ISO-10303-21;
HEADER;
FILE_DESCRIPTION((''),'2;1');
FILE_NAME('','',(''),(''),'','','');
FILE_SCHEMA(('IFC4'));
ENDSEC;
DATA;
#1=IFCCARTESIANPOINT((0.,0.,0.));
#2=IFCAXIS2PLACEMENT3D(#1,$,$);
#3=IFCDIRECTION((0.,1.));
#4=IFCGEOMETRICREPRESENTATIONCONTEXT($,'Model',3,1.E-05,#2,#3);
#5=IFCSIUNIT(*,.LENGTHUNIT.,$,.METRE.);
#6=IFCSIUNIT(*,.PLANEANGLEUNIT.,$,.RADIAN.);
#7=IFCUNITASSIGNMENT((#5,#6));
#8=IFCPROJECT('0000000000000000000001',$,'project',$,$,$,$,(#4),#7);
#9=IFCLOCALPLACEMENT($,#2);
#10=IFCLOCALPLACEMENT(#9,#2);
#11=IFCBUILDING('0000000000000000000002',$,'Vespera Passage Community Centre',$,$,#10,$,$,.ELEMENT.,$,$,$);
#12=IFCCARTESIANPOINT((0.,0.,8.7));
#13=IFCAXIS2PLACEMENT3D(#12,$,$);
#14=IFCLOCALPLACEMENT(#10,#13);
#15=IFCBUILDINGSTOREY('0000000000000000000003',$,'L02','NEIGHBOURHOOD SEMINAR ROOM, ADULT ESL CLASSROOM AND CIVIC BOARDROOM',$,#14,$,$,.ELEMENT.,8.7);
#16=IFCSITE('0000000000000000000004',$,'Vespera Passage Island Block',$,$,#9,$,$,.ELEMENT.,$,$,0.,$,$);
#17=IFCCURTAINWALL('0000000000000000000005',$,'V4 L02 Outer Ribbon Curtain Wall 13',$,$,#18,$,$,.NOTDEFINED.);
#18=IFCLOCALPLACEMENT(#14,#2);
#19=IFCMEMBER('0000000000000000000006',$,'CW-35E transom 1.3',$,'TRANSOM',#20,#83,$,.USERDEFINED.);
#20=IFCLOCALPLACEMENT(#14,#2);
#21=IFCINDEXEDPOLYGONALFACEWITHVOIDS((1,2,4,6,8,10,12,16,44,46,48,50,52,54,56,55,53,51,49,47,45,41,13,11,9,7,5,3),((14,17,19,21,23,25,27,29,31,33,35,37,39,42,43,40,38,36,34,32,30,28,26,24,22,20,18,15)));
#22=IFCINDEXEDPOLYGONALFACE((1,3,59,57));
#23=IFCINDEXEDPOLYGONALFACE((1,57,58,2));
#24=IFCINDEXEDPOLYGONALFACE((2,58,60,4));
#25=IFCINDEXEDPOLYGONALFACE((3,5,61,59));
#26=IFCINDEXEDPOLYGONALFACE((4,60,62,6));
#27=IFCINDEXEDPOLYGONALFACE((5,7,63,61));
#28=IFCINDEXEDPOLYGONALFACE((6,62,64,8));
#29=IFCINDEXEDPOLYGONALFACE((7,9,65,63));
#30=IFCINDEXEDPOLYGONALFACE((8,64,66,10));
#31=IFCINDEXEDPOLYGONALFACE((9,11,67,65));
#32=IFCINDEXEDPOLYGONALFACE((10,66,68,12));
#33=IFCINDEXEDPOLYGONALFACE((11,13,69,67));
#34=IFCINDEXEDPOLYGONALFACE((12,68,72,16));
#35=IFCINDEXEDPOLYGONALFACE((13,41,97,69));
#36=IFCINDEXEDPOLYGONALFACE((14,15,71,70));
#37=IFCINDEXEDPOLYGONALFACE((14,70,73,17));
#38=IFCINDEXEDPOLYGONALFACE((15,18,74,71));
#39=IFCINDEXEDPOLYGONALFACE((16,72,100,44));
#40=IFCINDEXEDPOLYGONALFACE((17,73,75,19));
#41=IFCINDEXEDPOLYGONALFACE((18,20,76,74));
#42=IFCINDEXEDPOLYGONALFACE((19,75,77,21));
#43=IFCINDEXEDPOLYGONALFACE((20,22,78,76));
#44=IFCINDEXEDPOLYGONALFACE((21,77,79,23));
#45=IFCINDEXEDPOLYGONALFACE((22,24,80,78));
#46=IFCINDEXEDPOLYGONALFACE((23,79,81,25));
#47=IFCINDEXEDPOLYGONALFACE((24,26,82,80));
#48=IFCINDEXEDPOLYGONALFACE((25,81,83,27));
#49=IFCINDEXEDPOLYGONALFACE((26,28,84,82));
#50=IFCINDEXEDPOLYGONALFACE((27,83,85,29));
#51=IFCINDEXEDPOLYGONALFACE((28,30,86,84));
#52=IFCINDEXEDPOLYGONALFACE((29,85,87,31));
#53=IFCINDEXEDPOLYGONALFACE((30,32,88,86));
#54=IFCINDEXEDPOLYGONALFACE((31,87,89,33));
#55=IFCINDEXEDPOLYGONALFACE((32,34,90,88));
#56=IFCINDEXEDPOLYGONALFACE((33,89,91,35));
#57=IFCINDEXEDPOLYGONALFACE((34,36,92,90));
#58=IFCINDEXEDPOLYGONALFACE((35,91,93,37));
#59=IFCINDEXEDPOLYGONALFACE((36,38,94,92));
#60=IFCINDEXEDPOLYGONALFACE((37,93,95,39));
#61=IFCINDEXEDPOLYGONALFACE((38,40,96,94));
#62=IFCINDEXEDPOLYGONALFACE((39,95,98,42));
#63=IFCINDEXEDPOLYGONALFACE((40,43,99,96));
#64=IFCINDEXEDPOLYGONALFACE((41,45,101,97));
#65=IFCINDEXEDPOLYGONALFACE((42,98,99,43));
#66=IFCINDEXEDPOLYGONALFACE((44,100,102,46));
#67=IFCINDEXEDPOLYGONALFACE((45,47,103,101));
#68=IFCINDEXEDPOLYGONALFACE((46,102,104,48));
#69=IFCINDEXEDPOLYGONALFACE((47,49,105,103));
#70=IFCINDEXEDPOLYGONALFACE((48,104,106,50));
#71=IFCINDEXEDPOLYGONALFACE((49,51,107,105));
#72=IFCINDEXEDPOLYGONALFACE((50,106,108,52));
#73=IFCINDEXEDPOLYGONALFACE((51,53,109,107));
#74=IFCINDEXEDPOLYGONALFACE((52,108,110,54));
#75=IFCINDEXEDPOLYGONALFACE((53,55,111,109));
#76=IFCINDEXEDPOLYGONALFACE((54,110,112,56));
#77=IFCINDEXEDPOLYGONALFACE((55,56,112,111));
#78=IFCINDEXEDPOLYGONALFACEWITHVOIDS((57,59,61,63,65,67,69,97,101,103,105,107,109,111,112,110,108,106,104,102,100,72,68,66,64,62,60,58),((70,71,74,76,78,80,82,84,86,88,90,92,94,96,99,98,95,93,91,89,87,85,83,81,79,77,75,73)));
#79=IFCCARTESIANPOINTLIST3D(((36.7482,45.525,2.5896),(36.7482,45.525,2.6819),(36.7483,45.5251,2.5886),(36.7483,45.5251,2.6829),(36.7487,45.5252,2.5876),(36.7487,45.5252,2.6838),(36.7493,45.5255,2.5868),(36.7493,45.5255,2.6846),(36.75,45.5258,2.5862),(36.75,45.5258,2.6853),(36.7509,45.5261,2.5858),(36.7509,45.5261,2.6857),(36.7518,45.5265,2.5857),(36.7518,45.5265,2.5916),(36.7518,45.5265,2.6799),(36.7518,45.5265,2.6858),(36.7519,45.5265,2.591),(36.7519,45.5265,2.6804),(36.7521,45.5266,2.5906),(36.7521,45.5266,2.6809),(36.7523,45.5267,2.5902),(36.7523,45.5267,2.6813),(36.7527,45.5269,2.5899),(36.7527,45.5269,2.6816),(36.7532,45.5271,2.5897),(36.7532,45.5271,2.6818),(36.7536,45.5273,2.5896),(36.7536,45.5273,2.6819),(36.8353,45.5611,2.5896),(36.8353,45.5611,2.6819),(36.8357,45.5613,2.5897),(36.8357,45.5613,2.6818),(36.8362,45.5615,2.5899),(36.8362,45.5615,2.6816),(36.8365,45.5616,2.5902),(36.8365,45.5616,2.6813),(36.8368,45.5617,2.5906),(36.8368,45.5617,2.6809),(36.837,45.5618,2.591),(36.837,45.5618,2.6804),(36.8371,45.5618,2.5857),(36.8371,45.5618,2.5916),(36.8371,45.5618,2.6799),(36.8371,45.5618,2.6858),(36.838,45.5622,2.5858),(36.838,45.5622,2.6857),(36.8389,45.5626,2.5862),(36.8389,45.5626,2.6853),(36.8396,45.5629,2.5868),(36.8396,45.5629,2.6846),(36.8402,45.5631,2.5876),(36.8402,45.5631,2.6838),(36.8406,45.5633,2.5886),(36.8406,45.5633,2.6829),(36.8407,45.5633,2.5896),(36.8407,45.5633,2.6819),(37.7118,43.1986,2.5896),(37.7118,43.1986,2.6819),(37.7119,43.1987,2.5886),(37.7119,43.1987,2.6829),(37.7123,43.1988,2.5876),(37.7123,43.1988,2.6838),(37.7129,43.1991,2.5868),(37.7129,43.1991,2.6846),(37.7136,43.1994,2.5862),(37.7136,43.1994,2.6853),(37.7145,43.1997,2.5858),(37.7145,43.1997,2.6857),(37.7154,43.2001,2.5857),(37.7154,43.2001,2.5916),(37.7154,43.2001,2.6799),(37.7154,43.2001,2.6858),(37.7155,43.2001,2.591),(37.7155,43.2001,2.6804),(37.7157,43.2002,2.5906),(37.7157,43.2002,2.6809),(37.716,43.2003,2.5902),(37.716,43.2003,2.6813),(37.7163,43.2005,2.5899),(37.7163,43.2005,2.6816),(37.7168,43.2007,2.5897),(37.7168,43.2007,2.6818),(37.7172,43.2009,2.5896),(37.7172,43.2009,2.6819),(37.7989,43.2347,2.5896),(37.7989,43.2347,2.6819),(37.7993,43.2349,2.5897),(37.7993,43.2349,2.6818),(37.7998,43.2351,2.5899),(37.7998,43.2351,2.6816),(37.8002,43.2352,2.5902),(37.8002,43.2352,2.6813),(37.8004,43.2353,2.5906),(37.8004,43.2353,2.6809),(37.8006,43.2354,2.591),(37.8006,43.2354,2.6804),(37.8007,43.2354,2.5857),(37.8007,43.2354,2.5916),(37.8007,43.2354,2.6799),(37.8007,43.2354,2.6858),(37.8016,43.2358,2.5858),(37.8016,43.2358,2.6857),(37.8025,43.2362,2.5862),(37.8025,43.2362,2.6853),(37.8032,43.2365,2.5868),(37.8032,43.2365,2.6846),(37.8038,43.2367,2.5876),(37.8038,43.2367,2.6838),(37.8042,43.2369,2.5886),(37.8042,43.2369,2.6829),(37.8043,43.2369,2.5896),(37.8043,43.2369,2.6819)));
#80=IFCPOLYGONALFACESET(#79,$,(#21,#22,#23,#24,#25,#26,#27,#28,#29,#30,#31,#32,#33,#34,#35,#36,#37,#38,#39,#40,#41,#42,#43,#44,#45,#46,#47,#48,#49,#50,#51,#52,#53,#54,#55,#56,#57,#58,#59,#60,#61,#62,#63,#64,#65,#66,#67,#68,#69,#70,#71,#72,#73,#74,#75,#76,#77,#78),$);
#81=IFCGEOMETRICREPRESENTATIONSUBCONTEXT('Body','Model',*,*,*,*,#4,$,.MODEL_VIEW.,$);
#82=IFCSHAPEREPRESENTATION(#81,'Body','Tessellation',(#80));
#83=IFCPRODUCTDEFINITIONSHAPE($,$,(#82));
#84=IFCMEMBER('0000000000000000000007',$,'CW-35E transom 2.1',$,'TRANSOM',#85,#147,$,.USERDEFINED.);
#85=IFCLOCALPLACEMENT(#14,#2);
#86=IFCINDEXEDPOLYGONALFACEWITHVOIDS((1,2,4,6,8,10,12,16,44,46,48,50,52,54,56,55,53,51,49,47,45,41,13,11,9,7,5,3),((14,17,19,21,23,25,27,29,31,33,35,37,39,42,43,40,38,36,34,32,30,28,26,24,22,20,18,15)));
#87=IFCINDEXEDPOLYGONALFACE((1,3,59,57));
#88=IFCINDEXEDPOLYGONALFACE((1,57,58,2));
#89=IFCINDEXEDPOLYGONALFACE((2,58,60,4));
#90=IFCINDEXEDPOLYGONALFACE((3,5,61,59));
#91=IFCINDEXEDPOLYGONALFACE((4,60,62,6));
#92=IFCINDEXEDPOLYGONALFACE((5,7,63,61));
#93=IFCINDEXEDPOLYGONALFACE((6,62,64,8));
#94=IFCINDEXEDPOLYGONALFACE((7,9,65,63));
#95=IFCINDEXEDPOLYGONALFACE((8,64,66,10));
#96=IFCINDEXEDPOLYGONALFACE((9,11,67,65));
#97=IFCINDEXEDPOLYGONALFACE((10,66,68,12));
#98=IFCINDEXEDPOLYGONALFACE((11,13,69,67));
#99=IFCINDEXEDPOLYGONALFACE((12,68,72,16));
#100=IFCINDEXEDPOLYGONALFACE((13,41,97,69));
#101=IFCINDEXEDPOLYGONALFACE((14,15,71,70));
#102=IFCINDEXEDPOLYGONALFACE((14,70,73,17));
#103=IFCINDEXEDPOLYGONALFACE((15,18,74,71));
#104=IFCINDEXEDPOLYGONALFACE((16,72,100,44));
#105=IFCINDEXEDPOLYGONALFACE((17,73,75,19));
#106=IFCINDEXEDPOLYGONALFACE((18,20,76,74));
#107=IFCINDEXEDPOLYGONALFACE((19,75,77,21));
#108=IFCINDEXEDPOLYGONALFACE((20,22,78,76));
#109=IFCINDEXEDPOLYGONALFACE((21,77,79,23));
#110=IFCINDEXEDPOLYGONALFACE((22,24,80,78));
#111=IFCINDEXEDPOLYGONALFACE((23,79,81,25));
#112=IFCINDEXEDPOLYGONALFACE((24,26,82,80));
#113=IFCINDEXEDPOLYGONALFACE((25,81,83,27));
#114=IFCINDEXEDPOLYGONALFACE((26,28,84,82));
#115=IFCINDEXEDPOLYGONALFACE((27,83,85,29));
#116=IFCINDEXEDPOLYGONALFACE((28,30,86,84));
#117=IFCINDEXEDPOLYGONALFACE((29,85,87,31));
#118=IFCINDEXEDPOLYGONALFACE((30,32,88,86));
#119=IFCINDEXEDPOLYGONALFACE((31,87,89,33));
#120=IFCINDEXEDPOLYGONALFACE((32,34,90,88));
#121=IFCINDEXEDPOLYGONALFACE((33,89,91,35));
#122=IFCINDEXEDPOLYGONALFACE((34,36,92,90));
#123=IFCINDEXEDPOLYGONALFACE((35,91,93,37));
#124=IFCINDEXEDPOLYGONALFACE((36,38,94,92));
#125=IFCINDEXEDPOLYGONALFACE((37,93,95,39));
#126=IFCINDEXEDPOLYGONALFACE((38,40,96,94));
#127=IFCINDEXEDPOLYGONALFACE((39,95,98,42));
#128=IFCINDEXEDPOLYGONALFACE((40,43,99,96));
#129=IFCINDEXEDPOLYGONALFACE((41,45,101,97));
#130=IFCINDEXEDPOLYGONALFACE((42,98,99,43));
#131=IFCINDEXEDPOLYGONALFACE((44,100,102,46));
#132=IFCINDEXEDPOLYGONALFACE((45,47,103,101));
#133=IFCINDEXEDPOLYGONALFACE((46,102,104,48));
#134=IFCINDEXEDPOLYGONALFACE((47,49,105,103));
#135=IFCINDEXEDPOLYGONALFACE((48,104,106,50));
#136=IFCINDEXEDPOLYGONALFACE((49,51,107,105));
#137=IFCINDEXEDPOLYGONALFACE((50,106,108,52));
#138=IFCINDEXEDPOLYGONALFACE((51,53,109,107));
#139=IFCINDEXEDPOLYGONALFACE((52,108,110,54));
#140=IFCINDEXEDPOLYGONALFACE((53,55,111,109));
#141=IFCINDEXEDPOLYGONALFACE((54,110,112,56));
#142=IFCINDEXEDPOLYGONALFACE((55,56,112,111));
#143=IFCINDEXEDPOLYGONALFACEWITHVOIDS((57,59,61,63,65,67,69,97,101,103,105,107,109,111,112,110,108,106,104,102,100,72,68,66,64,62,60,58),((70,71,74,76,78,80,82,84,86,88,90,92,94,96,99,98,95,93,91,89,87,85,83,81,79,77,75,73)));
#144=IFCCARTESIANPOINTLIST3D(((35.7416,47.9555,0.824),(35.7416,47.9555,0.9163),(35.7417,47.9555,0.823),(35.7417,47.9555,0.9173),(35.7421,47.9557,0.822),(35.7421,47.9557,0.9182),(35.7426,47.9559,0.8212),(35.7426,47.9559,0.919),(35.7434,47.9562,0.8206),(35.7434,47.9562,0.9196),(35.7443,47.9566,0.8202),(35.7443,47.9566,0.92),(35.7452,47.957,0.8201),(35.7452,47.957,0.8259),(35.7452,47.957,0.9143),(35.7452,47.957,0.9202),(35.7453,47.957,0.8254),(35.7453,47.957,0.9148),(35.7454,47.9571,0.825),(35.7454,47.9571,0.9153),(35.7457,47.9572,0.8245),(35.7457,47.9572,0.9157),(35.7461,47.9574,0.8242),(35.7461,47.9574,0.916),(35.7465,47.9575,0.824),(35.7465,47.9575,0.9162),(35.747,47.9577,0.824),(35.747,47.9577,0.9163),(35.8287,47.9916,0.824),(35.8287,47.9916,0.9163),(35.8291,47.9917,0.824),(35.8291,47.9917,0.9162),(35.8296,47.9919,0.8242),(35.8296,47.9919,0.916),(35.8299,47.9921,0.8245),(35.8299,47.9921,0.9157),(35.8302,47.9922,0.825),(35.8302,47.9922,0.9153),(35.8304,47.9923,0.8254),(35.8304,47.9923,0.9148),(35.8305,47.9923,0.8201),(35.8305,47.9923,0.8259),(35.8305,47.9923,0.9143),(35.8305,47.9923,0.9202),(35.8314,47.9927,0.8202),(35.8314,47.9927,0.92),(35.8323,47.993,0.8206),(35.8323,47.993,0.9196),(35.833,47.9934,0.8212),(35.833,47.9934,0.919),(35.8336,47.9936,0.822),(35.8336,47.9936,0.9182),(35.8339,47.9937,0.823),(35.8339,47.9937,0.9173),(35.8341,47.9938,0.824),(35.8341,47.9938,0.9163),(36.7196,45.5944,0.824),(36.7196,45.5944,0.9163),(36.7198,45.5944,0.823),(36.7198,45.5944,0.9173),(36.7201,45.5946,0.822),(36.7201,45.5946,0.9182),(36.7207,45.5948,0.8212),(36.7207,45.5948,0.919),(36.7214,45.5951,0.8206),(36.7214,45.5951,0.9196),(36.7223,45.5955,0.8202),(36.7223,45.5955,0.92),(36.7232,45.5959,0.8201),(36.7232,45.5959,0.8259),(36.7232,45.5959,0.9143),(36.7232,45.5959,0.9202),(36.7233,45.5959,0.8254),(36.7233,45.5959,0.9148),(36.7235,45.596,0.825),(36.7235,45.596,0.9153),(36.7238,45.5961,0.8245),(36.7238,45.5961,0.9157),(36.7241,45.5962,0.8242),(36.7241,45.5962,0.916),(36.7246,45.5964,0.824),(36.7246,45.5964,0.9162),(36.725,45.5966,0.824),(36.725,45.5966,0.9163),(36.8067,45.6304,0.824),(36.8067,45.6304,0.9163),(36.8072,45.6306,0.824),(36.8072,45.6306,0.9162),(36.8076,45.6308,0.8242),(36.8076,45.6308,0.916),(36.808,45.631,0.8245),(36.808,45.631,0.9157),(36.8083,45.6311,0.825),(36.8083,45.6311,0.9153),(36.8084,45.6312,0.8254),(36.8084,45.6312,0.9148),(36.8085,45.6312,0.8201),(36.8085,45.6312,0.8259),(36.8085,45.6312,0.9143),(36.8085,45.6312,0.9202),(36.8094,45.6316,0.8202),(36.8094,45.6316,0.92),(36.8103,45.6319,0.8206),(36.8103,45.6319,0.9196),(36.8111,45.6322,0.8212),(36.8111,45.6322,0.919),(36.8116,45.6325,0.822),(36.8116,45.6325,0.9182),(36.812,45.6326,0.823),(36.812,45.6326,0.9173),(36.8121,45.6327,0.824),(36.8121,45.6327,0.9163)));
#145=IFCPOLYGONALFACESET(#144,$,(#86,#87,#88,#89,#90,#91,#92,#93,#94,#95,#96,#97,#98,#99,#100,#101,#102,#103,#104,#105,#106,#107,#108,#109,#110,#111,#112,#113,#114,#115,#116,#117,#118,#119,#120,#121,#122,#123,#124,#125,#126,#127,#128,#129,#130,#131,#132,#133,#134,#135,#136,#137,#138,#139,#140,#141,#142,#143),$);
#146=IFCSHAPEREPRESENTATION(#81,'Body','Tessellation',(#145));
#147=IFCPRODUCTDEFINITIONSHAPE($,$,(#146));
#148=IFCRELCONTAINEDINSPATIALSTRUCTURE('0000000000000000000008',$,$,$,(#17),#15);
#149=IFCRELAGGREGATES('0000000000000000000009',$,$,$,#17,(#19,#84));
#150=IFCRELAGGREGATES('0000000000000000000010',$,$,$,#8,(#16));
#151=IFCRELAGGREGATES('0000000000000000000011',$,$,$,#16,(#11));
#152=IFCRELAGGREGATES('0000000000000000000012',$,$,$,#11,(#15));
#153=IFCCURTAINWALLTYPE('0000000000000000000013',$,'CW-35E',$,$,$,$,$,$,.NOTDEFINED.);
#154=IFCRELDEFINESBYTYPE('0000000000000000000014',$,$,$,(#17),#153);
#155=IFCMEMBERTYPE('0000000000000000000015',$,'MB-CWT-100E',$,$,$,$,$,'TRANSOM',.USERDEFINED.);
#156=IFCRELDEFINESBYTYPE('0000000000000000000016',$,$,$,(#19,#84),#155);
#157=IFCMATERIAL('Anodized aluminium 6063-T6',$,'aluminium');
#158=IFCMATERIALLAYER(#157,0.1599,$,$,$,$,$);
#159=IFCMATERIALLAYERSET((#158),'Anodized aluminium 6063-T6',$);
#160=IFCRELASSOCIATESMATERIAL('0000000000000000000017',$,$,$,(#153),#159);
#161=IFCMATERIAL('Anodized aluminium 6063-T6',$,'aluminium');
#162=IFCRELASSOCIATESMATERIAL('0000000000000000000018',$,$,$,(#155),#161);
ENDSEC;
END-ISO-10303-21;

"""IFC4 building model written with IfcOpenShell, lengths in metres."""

from ifc_helpers import new_model, si_unit, direction, frame, origin, origin_2d, place, context, subcontext, project, spatial, hollow_rectangle, extrude, material, layer, layer_set, material_profile, profile_set, type_object, element, aggregate, save


model = new_model("IFC4")

# Units and contexts
model_context = context("Model", 3, precision=1e-05, world=origin(), true_north=direction((0.0, 1.0)))
body_context = subcontext(model_context, "Body", "Model", "MODEL_VIEW")
ifc_project = project(units=[si_unit("LENGTHUNIT", "METRE"), si_unit("PLANEANGLEUNIT", "RADIAN")], contexts=[model_context])

# Site, building, storey
site_placement = place(None, origin())
site = spatial("IfcSite", under=ifc_project, at=site_placement, Name="Vespera Passage Island Block", CompositionType="ELEMENT", RefElevation=0.0)
building_placement = place(site_placement, origin())
building = spatial("IfcBuilding", under=site, at=building_placement, Name="Vespera Passage Community Centre", CompositionType="ELEMENT")
storey_placement = place(building_placement, frame((0.0, 0.0, 8.7)))
storey = spatial("IfcBuildingStorey", under=building, at=storey_placement, Name="L02", Description="NEIGHBOURHOOD SEMINAR ROOM, ADULT ESL CLASSROOM AND CIVIC BOARDROOM", CompositionType="ELEMENT", Elevation=8.7)

# Curtain wall
ifc_material_1 = material(Name="Anodized aluminium 6063-T6", Category="aluminium")
ifc_layer_1 = layer(ifc_material_1, 0.1599)
ifc_layer_set_1 = layer_set([ifc_layer_1], Name="Anodized aluminium 6063-T6")
curtain_wall_type_1 = type_object("IfcCurtainWallType", Name="CW-35E", PredefinedType="NOTDEFINED", material=ifc_layer_set_1)
curtain_wall_1_placement = place(storey_placement, origin())
curtain_wall_1 = element("IfcCurtainWall", 1, at=curtain_wall_1_placement, inside=storey, type_object=curtain_wall_type_1, Name="V4 L02 Outer Ribbon Curtain Wall 13", PredefinedType="NOTDEFINED")

# Members
ifc_material_2 = material(Name="Anodized aluminium 6063-T6", Category="aluminium")
ifc_material_profile_1 = material_profile(ifc_material_2, hollow_rectangle(XDim=0.1001, YDim=0.1001, WallThickness=0.0039, InnerFilletRadius=0.002, OuterFilletRadius=0.0039, at=origin_2d()), Name="ALU100X100X4")
ifc_profile_set_1 = profile_set([ifc_material_profile_1], Name="Anodized aluminium 6063-T6")
member_type_1 = type_object("IfcMemberType", Name="MB-CWT-100E", ElementType="TRANSOM", PredefinedType="USERDEFINED", material=ifc_profile_set_1)
member_1_placement = place(storey_placement, frame((37.7581, 43.2178, 2.6357), z_axis=(-0.38268, 0.923881, 0.0), x_axis=(-0.923881, -0.38268, 0.0)))
member_1 = element("IfcMember", 2, at=member_1_placement, type_object=member_type_1, Name="CW-35E transom 1.3", ObjectType="TRANSOM", PredefinedType="USERDEFINED", context=body_context, shape_type="SweptSolid", body=[
    extrude(hollow_rectangle(XDim=0.1001, YDim=0.1001, WallThickness=0.0039, InnerFilletRadius=0.002, OuterFilletRadius=0.0039, at=origin_2d()), origin(), (0.0, 0.0, 1.0), 2.5181),
])
member_2_placement = place(storey_placement, frame((36.7659, 45.6135, 0.8701), z_axis=(-0.382695, 0.923875, 0.0), x_axis=(-0.923875, -0.382695, 0.0)))
member_2 = element("IfcMember", 3, at=member_2_placement, type_object=member_type_1, Name="CW-35E transom 2.1", ObjectType="TRANSOM", PredefinedType="USERDEFINED", context=body_context, shape_type="SweptSolid", body=[
    extrude(hollow_rectangle(XDim=0.1001, YDim=0.1001, WallThickness=0.0039, InnerFilletRadius=0.002, OuterFilletRadius=0.0039, at=origin_2d()), origin(), (0.0, 0.0, 1.0), 2.5557),
])

aggregate(curtain_wall_1, [member_1, member_2])

save(model, "model.ifc")
